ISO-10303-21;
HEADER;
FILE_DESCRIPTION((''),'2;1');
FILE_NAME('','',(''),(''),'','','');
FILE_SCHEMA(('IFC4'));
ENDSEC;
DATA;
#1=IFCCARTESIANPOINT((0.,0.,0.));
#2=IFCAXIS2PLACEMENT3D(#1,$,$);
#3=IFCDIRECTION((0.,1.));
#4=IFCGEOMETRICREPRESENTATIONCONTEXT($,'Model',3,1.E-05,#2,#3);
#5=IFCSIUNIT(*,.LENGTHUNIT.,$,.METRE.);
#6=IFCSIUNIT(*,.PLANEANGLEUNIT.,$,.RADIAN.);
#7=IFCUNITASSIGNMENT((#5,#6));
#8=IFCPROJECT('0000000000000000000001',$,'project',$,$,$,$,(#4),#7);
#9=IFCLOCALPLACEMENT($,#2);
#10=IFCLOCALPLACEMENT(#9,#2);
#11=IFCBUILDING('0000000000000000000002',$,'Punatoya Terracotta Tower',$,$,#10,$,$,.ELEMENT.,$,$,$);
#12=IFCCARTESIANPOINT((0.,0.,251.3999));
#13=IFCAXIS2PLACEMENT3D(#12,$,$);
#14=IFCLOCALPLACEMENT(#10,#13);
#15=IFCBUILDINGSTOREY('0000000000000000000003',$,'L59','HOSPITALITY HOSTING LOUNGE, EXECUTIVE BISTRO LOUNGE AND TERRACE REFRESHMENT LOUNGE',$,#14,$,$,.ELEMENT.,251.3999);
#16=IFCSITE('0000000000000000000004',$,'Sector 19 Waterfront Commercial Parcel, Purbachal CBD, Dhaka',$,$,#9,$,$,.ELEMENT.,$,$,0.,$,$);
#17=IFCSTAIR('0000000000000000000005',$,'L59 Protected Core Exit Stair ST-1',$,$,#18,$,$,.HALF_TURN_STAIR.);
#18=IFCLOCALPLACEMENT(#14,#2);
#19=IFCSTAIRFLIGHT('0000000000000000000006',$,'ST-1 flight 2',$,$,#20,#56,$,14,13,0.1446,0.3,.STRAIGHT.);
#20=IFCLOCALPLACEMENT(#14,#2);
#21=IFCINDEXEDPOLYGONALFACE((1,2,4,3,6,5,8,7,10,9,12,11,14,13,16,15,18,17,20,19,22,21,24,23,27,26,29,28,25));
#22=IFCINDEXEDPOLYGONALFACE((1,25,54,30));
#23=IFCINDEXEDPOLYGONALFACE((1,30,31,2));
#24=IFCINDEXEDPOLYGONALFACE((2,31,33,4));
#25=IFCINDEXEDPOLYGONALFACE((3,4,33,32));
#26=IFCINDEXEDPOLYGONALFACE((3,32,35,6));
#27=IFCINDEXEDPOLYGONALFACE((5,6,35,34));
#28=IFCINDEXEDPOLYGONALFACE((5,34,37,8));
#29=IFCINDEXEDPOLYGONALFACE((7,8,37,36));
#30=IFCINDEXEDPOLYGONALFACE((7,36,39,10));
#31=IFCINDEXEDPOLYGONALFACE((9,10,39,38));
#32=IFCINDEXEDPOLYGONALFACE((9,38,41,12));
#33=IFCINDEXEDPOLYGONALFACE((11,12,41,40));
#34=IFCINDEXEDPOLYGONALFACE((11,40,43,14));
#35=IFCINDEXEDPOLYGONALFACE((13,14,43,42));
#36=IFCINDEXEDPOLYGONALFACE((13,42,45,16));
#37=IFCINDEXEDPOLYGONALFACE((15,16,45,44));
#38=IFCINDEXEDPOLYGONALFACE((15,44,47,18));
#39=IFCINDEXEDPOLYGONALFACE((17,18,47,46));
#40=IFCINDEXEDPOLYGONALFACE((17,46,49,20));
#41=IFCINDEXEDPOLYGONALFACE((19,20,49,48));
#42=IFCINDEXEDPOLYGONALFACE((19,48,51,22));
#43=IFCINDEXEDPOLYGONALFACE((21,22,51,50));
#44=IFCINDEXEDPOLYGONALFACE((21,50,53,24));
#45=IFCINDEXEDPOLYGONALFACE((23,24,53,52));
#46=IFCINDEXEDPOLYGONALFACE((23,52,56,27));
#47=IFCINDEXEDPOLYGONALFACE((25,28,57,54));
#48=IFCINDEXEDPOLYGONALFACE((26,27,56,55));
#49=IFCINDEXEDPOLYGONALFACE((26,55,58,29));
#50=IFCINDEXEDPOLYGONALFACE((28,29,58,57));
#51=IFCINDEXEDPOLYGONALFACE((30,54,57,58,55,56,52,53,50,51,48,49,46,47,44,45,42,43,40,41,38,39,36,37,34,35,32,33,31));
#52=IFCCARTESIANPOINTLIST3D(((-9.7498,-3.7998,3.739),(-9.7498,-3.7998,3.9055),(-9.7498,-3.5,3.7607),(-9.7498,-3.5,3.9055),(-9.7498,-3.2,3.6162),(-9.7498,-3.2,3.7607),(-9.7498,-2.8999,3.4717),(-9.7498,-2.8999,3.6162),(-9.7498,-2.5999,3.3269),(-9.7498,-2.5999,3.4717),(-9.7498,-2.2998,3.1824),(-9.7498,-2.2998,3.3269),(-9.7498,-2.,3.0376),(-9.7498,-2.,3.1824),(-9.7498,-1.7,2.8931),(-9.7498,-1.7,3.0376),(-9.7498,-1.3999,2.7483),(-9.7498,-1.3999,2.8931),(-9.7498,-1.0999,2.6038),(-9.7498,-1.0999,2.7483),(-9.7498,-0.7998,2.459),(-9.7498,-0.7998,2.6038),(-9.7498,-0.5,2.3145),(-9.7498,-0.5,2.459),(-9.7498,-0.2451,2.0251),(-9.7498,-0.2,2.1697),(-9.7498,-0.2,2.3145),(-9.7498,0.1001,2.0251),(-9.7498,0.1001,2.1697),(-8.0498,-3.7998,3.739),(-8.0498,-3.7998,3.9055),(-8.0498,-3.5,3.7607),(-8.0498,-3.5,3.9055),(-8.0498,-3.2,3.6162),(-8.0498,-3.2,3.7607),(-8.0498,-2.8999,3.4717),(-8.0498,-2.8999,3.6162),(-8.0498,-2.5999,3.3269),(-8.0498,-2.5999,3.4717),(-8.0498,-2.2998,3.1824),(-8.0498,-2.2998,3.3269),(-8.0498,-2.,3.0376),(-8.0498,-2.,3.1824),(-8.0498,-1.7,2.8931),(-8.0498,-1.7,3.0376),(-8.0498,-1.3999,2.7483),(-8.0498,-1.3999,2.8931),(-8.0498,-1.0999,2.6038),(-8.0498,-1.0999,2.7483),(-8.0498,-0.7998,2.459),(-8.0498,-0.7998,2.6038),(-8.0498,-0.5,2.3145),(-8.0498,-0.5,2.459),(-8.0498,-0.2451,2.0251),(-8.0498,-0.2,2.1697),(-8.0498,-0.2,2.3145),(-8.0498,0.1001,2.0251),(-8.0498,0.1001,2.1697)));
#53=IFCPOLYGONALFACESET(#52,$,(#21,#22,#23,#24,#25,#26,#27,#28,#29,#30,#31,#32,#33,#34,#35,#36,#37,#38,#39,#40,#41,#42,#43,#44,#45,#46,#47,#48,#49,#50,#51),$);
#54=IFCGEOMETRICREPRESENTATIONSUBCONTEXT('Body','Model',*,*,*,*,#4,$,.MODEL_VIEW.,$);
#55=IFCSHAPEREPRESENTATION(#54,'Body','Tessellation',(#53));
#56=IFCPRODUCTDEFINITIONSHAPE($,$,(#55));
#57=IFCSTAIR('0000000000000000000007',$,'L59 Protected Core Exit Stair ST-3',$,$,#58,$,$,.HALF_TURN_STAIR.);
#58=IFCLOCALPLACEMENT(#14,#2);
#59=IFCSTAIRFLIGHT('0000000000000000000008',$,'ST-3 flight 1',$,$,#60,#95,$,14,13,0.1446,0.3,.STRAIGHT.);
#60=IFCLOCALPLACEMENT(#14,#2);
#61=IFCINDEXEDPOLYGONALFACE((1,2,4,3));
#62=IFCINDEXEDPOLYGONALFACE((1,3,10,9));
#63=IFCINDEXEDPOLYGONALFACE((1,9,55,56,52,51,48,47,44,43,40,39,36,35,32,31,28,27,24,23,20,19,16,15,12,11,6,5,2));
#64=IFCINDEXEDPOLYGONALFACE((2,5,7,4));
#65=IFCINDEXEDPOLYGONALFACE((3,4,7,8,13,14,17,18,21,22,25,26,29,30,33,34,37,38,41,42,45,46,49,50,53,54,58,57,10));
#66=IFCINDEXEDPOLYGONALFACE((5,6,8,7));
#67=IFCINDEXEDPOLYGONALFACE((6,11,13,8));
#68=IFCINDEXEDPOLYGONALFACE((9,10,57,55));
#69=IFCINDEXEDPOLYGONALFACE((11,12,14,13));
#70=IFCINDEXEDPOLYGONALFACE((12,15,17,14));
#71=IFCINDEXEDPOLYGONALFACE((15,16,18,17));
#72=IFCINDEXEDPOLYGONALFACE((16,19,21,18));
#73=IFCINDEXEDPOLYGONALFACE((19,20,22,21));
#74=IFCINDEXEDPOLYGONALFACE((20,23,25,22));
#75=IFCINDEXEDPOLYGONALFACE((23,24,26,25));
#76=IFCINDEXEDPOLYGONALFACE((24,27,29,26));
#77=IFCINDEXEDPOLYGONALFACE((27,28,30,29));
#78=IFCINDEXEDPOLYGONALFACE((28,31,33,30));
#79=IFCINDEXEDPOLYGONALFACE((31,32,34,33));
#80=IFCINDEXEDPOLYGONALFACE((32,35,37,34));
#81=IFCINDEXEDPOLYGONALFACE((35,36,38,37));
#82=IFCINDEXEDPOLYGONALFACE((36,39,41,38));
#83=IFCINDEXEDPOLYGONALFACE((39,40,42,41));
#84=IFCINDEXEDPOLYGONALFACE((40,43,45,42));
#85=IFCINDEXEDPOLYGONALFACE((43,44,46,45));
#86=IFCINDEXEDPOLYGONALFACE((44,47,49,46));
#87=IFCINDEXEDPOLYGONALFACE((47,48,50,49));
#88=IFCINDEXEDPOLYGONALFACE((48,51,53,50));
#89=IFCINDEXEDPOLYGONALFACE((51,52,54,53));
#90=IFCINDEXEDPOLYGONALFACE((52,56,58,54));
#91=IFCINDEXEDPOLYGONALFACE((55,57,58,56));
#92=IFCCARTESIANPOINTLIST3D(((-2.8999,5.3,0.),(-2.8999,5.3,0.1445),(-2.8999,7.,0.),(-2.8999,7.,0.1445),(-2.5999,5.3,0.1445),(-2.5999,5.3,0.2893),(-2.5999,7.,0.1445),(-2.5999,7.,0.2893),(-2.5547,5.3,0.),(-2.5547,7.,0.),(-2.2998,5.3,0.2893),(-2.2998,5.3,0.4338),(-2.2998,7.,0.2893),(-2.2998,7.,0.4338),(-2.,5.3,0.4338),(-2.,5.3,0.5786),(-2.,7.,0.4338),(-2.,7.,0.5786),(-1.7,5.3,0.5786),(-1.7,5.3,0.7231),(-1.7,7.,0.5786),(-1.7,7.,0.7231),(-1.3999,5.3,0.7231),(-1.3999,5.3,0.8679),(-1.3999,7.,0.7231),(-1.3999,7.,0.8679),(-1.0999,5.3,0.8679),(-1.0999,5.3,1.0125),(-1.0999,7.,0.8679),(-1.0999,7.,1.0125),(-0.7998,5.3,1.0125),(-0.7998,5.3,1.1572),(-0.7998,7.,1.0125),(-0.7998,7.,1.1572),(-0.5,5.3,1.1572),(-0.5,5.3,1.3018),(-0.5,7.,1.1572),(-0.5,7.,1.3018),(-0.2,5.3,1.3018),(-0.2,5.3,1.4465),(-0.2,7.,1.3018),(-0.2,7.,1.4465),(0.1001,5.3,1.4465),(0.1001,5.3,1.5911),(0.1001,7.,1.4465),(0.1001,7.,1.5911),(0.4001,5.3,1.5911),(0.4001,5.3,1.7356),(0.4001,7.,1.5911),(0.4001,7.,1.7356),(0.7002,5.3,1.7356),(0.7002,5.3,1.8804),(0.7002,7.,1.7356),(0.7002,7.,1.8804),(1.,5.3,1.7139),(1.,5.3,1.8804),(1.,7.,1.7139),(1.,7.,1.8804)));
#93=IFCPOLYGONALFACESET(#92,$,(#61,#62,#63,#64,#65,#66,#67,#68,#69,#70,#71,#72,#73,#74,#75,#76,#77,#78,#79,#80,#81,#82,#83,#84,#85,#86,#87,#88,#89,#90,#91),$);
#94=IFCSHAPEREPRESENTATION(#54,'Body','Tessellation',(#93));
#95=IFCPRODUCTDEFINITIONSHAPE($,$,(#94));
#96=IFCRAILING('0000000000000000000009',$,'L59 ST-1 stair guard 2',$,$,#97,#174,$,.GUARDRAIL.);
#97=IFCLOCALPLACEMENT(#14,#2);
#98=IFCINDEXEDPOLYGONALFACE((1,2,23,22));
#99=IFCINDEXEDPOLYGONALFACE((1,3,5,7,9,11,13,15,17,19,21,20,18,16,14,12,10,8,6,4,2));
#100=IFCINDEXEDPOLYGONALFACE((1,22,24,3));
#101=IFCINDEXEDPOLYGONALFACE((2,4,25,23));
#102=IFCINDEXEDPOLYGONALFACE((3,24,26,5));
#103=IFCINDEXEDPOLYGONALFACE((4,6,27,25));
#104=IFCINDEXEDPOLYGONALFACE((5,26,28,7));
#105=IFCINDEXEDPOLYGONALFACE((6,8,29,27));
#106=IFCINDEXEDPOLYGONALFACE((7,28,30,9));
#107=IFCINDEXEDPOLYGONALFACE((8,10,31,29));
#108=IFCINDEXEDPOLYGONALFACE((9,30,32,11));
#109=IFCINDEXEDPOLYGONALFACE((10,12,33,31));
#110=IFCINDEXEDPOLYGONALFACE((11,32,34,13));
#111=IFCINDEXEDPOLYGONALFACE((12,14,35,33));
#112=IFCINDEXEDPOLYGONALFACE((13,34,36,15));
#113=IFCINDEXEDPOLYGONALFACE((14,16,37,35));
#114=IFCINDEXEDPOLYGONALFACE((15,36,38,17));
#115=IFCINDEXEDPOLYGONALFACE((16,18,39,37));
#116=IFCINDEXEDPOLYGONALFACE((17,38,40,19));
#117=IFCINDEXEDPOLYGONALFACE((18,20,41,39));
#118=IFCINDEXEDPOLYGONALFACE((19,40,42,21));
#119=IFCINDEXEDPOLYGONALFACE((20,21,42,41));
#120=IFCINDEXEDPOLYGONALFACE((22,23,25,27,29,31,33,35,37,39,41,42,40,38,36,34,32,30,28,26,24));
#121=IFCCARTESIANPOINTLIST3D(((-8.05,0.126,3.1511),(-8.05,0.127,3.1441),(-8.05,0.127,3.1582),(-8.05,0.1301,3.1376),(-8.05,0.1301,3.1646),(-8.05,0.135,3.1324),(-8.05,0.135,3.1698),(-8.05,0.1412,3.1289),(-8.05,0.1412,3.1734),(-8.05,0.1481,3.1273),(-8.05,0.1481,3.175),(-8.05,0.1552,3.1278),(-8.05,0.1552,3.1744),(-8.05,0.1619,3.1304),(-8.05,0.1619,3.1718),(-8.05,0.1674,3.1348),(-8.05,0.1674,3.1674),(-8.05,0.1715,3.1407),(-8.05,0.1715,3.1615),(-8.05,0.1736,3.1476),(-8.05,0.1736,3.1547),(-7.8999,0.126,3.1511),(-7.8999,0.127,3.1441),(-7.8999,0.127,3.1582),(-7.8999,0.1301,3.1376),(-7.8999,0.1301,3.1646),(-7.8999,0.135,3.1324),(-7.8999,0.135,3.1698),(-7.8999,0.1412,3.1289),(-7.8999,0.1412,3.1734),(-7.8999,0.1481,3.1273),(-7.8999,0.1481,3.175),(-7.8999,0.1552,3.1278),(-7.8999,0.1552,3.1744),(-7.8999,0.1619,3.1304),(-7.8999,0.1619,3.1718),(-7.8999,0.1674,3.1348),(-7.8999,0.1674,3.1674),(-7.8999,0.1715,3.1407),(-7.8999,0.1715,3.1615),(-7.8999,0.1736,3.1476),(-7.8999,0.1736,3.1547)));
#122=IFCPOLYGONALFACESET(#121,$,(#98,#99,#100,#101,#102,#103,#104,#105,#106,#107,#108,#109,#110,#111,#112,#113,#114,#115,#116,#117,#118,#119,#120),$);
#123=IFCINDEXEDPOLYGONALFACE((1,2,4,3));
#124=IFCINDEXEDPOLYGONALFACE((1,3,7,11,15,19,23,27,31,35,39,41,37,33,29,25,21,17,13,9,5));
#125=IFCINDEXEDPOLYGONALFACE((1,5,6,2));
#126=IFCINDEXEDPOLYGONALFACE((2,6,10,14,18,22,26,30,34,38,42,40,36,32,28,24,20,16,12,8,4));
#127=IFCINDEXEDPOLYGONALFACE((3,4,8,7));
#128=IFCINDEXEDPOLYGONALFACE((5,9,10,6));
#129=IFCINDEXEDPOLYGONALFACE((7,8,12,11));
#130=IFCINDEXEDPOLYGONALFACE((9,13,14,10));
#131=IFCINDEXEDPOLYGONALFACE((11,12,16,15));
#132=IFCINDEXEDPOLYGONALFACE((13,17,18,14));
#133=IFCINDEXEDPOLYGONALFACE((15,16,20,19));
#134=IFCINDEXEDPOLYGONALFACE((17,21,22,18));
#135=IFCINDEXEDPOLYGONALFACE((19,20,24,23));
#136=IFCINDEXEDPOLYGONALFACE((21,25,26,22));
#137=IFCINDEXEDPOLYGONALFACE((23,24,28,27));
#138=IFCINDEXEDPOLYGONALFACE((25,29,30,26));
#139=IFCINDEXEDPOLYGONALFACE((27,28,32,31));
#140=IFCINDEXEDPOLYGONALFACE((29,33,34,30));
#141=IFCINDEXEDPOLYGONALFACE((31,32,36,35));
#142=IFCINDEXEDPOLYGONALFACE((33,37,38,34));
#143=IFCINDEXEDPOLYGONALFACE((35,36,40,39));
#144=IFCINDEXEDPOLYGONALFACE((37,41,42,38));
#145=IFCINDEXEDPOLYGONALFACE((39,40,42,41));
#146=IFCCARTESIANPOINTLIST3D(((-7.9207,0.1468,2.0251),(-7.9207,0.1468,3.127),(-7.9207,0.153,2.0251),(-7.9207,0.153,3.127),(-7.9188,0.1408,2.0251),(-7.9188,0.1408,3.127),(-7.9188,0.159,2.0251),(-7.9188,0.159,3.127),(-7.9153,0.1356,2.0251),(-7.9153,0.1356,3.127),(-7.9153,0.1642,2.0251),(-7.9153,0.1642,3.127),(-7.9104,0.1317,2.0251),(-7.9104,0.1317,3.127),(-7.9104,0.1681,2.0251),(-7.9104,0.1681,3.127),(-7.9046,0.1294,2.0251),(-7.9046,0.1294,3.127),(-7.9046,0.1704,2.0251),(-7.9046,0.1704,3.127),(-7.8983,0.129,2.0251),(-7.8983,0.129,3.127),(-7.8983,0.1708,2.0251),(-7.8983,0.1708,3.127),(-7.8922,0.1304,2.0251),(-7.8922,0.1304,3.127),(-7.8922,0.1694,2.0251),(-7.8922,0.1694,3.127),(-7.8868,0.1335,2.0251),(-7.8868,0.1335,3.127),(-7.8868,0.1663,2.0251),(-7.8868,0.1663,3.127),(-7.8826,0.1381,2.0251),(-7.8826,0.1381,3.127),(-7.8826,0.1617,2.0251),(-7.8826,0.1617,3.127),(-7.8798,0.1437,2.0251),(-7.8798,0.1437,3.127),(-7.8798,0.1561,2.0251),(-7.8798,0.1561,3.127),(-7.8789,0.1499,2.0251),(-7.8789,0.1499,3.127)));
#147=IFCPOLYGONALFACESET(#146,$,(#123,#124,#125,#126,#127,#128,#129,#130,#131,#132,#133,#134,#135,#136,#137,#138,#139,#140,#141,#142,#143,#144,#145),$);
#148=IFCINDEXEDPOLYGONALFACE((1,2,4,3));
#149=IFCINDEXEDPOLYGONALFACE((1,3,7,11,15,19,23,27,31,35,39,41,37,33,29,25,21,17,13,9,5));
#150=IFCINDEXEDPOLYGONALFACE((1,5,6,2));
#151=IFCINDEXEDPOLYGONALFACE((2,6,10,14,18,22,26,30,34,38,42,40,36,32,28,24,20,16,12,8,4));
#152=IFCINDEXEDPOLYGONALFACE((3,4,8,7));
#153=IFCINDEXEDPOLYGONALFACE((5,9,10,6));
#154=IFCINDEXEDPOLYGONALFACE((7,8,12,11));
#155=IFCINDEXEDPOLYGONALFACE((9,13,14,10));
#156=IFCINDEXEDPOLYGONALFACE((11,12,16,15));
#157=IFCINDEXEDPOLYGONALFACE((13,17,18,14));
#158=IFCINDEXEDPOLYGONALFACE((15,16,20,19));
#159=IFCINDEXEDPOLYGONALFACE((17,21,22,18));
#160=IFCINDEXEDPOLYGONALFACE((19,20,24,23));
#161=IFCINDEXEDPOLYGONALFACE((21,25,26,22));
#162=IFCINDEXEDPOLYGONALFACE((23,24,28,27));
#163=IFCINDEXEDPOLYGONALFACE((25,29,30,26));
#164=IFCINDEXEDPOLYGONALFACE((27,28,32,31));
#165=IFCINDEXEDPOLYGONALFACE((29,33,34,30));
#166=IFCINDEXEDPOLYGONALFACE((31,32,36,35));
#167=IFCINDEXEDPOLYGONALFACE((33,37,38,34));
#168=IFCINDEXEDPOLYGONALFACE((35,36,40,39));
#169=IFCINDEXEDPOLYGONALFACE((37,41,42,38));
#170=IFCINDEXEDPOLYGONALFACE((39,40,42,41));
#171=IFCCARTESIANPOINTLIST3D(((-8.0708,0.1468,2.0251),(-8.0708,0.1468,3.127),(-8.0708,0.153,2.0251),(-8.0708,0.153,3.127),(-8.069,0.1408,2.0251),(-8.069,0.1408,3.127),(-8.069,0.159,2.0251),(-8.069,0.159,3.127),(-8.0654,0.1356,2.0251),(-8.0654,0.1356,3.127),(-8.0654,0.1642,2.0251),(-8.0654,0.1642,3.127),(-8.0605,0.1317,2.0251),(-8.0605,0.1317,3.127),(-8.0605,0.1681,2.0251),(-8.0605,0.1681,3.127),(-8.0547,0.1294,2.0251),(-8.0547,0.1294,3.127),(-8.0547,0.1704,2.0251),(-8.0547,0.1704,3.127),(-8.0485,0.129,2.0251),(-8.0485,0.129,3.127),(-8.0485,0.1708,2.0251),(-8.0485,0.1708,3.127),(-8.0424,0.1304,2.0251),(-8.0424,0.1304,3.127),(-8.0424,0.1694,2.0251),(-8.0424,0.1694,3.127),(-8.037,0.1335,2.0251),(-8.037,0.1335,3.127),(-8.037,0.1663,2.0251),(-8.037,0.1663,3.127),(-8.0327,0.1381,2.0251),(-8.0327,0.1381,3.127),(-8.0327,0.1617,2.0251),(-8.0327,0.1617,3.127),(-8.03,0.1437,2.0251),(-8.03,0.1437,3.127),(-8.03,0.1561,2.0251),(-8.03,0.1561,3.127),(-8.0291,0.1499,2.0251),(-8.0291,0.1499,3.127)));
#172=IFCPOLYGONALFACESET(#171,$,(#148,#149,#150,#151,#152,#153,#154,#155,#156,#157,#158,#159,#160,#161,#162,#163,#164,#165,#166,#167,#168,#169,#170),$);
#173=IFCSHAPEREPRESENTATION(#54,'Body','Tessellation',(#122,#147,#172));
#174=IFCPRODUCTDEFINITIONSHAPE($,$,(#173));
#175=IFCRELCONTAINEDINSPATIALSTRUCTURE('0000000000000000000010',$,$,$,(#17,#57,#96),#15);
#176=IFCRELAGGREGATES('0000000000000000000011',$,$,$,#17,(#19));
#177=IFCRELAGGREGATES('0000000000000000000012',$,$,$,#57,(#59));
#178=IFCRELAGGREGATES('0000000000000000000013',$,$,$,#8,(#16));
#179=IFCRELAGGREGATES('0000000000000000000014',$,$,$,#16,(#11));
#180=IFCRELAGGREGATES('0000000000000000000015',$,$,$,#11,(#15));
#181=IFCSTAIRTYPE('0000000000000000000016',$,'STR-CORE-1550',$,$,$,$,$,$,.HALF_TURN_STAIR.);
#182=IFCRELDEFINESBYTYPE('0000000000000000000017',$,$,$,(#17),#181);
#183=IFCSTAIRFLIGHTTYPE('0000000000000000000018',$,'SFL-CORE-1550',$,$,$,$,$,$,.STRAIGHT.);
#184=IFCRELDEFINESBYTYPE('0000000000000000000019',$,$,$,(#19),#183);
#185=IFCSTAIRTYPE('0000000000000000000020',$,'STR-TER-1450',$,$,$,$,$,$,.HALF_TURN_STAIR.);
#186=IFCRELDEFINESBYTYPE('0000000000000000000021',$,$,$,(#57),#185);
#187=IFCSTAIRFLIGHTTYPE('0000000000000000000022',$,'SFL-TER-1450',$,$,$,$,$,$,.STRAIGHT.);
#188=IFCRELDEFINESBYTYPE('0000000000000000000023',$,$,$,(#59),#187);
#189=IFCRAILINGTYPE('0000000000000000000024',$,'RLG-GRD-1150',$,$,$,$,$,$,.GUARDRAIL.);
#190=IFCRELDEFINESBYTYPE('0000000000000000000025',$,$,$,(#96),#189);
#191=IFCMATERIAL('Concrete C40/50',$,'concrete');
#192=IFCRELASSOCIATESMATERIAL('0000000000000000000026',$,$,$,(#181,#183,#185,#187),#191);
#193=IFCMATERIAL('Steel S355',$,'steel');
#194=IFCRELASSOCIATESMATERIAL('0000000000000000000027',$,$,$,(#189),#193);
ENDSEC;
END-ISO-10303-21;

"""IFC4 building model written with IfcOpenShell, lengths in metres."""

from ifc_helpers import new_model, si_unit, direction, frame, origin, origin_2d, place, context, subcontext, project, spatial, polyline, circle, outline, extrude, material, type_object, element, aggregate, save


model = new_model("IFC4")

# Units and contexts
model_context = context("Model", 3, precision=1e-05, world=origin(), true_north=direction((0.0, 1.0)))
body_context = subcontext(model_context, "Body", "Model", "MODEL_VIEW")
ifc_project = project(units=[si_unit("LENGTHUNIT", "METRE"), si_unit("PLANEANGLEUNIT", "RADIAN")], contexts=[model_context])

# Site, building, storey
site_placement = place(None, origin())
site = spatial("IfcSite", under=ifc_project, at=site_placement, Name="Sector 19 Waterfront Commercial Parcel, Purbachal CBD, Dhaka", CompositionType="ELEMENT", RefElevation=0.0)
building_placement = place(site_placement, origin())
building = spatial("IfcBuilding", under=site, at=building_placement, Name="Punatoya Terracotta Tower", CompositionType="ELEMENT")
storey_placement = place(building_placement, frame((0.0, 0.0, 251.3999)))
storey = spatial("IfcBuildingStorey", under=building, at=storey_placement, Name="L59", Description="HOSPITALITY HOSTING LOUNGE, EXECUTIVE BISTRO LOUNGE AND TERRACE REFRESHMENT LOUNGE", CompositionType="ELEMENT", Elevation=251.3999)

# Shared definitions
ifc_material_1 = material(Name="Concrete C40/50", Category="concrete")

# Stairs, stair flights
stair_type_1 = type_object("IfcStairType", Name="STR-CORE-1550", PredefinedType="HALF_TURN_STAIR", material=ifc_material_1)
stair_1_placement = place(storey_placement, origin())
stair_1 = element("IfcStair", 1, at=stair_1_placement, inside=storey, type_object=stair_type_1, Name="L59 Protected Core Exit Stair ST-1", PredefinedType="HALF_TURN_STAIR")
stair_flight_type_1 = type_object("IfcStairFlightType", Name="SFL-CORE-1550", PredefinedType="STRAIGHT", material=ifc_material_1)
stair_flight_1_placement = place(storey_placement, frame((-8.8999, 0.1001, 2.0251), z_axis=(0.0, 0.0, 1.0), x_axis=(0.0, -1.0, 0.0)))
stair_flight_1 = element("IfcStairFlight", 2, at=stair_flight_1_placement, type_object=stair_flight_type_1, Name="ST-1 flight 2", NumberOfRisers=14, NumberOfTreads=13, PredefinedType="STRAIGHT", RiserHeight=0.1446, TreadLength=0.3, context=body_context, shape_type="SweptSolid", body=[
    extrude(outline(polyline([(0.0, 0.0), (0.0, 0.1445), (0.3, 0.1445), (0.3, 0.2893), (0.6001, 0.2893), (0.6001, 0.4338), (0.8999, 0.4338), (0.8999, 0.5786), (1.2, 0.5786), (1.2, 0.7231), (1.5, 0.7231), (1.5, 0.8679), (1.8, 0.8679), (1.8, 1.0125), (2.1001, 1.0125), (2.1001, 1.1572), (2.3999, 1.1572), (2.3999, 1.3018), (2.7, 1.3018), (2.7, 1.4465), (3.0, 1.4465), (3.0, 1.5911), (3.3, 1.5911), (3.3, 1.7356), (3.6001, 1.7356), (3.6001, 1.8804), (3.8999, 1.8804), (3.8999, 2.0249), (3.8999, 1.7139), (0.3452, 0.0), (0.0, 0.0)])), frame((0.0, 0.8501, 0.0), z_axis=(0.0, -1.0, 0.0), x_axis=(1.0, 0.0, 0.0)), (0.0, 0.0, 1.0), 1.7),
])
aggregate(stair_1, [stair_flight_1])
stair_type_2 = type_object("IfcStairType", Name="STR-TER-1450", PredefinedType="HALF_TURN_STAIR", material=ifc_material_1)
stair_2_placement = place(storey_placement, origin())
stair_2 = element("IfcStair", 3, at=stair_2_placement, inside=storey, type_object=stair_type_2, Name="L59 Protected Core Exit Stair ST-3", PredefinedType="HALF_TURN_STAIR")
stair_flight_type_2 = type_object("IfcStairFlightType", Name="SFL-TER-1450", PredefinedType="STRAIGHT", material=ifc_material_1)
stair_flight_2_placement = place(storey_placement, frame((-2.8999, 6.1499, 0.0), z_axis=(0.0, 0.0, 1.0), x_axis=(1.0, 0.0, 0.0)))
stair_flight_2 = element("IfcStairFlight", 4, at=stair_flight_2_placement, type_object=stair_flight_type_2, Name="ST-3 flight 1", NumberOfRisers=14, NumberOfTreads=13, PredefinedType="STRAIGHT", RiserHeight=0.1446, TreadLength=0.3, context=body_context, shape_type="SweptSolid", body=[
    extrude(outline(polyline([(0.0, 0.0), (0.0, 0.1445), (0.3, 0.1445), (0.3, 0.2893), (0.6001, 0.2893), (0.6001, 0.4338), (0.8999, 0.4338), (0.8999, 0.5786), (1.2, 0.5786), (1.2, 0.7231), (1.5, 0.7231), (1.5, 0.8679), (1.8, 0.8679), (1.8, 1.0125), (2.1001, 1.0125), (2.1001, 1.1572), (2.3999, 1.1572), (2.3999, 1.3018), (2.7, 1.3018), (2.7, 1.4465), (3.0, 1.4465), (3.0, 1.5911), (3.3, 1.5911), (3.3, 1.7356), (3.6001, 1.7356), (3.6001, 1.8804), (3.8999, 1.8804), (3.8999, 2.0249), (3.8999, 1.7139), (0.3452, 0.0), (0.0, 0.0)])), frame((0.0, 0.8501, 0.0), z_axis=(0.0, -1.0, 0.0), x_axis=(1.0, 0.0, 0.0)), (0.0, 0.0, 1.0), 1.7),
])
aggregate(stair_2, [stair_flight_2])

# Railing
ifc_material_2 = material(Name="Steel S355", Category="steel")
railing_type_1 = type_object("IfcRailingType", Name="RLG-GRD-1150", PredefinedType="GUARDRAIL", material=ifc_material_2)
railing_1_placement = place(storey_placement, frame((-7.8999, 0.1499, 2.0251)))
element("IfcRailing", 5, at=railing_1_placement, inside=storey, type_object=railing_type_1, Name="L59 ST-1 stair guard 2", PredefinedType="GUARDRAIL", context=body_context, shape_type="SweptSolid", body=[
    extrude(circle(Radius=0.0239, at=origin_2d()), frame((0.0, 0.0, 1.126), z_axis=(-1.0, 0.0, 0.0), x_axis=(0.0, -1.0, 0.0)), (0.0, 0.0, 1.0), 0.1501),
    extrude(circle(Radius=0.021, at=origin_2d()), origin(), (0.0, 0.0, 1.0), 1.1018),
    extrude(circle(Radius=0.021, at=origin_2d()), frame((-0.1501, 0.0, 0.0)), (0.0, 0.0, 1.0), 1.1018),
])

save(model, "model.ifc")
